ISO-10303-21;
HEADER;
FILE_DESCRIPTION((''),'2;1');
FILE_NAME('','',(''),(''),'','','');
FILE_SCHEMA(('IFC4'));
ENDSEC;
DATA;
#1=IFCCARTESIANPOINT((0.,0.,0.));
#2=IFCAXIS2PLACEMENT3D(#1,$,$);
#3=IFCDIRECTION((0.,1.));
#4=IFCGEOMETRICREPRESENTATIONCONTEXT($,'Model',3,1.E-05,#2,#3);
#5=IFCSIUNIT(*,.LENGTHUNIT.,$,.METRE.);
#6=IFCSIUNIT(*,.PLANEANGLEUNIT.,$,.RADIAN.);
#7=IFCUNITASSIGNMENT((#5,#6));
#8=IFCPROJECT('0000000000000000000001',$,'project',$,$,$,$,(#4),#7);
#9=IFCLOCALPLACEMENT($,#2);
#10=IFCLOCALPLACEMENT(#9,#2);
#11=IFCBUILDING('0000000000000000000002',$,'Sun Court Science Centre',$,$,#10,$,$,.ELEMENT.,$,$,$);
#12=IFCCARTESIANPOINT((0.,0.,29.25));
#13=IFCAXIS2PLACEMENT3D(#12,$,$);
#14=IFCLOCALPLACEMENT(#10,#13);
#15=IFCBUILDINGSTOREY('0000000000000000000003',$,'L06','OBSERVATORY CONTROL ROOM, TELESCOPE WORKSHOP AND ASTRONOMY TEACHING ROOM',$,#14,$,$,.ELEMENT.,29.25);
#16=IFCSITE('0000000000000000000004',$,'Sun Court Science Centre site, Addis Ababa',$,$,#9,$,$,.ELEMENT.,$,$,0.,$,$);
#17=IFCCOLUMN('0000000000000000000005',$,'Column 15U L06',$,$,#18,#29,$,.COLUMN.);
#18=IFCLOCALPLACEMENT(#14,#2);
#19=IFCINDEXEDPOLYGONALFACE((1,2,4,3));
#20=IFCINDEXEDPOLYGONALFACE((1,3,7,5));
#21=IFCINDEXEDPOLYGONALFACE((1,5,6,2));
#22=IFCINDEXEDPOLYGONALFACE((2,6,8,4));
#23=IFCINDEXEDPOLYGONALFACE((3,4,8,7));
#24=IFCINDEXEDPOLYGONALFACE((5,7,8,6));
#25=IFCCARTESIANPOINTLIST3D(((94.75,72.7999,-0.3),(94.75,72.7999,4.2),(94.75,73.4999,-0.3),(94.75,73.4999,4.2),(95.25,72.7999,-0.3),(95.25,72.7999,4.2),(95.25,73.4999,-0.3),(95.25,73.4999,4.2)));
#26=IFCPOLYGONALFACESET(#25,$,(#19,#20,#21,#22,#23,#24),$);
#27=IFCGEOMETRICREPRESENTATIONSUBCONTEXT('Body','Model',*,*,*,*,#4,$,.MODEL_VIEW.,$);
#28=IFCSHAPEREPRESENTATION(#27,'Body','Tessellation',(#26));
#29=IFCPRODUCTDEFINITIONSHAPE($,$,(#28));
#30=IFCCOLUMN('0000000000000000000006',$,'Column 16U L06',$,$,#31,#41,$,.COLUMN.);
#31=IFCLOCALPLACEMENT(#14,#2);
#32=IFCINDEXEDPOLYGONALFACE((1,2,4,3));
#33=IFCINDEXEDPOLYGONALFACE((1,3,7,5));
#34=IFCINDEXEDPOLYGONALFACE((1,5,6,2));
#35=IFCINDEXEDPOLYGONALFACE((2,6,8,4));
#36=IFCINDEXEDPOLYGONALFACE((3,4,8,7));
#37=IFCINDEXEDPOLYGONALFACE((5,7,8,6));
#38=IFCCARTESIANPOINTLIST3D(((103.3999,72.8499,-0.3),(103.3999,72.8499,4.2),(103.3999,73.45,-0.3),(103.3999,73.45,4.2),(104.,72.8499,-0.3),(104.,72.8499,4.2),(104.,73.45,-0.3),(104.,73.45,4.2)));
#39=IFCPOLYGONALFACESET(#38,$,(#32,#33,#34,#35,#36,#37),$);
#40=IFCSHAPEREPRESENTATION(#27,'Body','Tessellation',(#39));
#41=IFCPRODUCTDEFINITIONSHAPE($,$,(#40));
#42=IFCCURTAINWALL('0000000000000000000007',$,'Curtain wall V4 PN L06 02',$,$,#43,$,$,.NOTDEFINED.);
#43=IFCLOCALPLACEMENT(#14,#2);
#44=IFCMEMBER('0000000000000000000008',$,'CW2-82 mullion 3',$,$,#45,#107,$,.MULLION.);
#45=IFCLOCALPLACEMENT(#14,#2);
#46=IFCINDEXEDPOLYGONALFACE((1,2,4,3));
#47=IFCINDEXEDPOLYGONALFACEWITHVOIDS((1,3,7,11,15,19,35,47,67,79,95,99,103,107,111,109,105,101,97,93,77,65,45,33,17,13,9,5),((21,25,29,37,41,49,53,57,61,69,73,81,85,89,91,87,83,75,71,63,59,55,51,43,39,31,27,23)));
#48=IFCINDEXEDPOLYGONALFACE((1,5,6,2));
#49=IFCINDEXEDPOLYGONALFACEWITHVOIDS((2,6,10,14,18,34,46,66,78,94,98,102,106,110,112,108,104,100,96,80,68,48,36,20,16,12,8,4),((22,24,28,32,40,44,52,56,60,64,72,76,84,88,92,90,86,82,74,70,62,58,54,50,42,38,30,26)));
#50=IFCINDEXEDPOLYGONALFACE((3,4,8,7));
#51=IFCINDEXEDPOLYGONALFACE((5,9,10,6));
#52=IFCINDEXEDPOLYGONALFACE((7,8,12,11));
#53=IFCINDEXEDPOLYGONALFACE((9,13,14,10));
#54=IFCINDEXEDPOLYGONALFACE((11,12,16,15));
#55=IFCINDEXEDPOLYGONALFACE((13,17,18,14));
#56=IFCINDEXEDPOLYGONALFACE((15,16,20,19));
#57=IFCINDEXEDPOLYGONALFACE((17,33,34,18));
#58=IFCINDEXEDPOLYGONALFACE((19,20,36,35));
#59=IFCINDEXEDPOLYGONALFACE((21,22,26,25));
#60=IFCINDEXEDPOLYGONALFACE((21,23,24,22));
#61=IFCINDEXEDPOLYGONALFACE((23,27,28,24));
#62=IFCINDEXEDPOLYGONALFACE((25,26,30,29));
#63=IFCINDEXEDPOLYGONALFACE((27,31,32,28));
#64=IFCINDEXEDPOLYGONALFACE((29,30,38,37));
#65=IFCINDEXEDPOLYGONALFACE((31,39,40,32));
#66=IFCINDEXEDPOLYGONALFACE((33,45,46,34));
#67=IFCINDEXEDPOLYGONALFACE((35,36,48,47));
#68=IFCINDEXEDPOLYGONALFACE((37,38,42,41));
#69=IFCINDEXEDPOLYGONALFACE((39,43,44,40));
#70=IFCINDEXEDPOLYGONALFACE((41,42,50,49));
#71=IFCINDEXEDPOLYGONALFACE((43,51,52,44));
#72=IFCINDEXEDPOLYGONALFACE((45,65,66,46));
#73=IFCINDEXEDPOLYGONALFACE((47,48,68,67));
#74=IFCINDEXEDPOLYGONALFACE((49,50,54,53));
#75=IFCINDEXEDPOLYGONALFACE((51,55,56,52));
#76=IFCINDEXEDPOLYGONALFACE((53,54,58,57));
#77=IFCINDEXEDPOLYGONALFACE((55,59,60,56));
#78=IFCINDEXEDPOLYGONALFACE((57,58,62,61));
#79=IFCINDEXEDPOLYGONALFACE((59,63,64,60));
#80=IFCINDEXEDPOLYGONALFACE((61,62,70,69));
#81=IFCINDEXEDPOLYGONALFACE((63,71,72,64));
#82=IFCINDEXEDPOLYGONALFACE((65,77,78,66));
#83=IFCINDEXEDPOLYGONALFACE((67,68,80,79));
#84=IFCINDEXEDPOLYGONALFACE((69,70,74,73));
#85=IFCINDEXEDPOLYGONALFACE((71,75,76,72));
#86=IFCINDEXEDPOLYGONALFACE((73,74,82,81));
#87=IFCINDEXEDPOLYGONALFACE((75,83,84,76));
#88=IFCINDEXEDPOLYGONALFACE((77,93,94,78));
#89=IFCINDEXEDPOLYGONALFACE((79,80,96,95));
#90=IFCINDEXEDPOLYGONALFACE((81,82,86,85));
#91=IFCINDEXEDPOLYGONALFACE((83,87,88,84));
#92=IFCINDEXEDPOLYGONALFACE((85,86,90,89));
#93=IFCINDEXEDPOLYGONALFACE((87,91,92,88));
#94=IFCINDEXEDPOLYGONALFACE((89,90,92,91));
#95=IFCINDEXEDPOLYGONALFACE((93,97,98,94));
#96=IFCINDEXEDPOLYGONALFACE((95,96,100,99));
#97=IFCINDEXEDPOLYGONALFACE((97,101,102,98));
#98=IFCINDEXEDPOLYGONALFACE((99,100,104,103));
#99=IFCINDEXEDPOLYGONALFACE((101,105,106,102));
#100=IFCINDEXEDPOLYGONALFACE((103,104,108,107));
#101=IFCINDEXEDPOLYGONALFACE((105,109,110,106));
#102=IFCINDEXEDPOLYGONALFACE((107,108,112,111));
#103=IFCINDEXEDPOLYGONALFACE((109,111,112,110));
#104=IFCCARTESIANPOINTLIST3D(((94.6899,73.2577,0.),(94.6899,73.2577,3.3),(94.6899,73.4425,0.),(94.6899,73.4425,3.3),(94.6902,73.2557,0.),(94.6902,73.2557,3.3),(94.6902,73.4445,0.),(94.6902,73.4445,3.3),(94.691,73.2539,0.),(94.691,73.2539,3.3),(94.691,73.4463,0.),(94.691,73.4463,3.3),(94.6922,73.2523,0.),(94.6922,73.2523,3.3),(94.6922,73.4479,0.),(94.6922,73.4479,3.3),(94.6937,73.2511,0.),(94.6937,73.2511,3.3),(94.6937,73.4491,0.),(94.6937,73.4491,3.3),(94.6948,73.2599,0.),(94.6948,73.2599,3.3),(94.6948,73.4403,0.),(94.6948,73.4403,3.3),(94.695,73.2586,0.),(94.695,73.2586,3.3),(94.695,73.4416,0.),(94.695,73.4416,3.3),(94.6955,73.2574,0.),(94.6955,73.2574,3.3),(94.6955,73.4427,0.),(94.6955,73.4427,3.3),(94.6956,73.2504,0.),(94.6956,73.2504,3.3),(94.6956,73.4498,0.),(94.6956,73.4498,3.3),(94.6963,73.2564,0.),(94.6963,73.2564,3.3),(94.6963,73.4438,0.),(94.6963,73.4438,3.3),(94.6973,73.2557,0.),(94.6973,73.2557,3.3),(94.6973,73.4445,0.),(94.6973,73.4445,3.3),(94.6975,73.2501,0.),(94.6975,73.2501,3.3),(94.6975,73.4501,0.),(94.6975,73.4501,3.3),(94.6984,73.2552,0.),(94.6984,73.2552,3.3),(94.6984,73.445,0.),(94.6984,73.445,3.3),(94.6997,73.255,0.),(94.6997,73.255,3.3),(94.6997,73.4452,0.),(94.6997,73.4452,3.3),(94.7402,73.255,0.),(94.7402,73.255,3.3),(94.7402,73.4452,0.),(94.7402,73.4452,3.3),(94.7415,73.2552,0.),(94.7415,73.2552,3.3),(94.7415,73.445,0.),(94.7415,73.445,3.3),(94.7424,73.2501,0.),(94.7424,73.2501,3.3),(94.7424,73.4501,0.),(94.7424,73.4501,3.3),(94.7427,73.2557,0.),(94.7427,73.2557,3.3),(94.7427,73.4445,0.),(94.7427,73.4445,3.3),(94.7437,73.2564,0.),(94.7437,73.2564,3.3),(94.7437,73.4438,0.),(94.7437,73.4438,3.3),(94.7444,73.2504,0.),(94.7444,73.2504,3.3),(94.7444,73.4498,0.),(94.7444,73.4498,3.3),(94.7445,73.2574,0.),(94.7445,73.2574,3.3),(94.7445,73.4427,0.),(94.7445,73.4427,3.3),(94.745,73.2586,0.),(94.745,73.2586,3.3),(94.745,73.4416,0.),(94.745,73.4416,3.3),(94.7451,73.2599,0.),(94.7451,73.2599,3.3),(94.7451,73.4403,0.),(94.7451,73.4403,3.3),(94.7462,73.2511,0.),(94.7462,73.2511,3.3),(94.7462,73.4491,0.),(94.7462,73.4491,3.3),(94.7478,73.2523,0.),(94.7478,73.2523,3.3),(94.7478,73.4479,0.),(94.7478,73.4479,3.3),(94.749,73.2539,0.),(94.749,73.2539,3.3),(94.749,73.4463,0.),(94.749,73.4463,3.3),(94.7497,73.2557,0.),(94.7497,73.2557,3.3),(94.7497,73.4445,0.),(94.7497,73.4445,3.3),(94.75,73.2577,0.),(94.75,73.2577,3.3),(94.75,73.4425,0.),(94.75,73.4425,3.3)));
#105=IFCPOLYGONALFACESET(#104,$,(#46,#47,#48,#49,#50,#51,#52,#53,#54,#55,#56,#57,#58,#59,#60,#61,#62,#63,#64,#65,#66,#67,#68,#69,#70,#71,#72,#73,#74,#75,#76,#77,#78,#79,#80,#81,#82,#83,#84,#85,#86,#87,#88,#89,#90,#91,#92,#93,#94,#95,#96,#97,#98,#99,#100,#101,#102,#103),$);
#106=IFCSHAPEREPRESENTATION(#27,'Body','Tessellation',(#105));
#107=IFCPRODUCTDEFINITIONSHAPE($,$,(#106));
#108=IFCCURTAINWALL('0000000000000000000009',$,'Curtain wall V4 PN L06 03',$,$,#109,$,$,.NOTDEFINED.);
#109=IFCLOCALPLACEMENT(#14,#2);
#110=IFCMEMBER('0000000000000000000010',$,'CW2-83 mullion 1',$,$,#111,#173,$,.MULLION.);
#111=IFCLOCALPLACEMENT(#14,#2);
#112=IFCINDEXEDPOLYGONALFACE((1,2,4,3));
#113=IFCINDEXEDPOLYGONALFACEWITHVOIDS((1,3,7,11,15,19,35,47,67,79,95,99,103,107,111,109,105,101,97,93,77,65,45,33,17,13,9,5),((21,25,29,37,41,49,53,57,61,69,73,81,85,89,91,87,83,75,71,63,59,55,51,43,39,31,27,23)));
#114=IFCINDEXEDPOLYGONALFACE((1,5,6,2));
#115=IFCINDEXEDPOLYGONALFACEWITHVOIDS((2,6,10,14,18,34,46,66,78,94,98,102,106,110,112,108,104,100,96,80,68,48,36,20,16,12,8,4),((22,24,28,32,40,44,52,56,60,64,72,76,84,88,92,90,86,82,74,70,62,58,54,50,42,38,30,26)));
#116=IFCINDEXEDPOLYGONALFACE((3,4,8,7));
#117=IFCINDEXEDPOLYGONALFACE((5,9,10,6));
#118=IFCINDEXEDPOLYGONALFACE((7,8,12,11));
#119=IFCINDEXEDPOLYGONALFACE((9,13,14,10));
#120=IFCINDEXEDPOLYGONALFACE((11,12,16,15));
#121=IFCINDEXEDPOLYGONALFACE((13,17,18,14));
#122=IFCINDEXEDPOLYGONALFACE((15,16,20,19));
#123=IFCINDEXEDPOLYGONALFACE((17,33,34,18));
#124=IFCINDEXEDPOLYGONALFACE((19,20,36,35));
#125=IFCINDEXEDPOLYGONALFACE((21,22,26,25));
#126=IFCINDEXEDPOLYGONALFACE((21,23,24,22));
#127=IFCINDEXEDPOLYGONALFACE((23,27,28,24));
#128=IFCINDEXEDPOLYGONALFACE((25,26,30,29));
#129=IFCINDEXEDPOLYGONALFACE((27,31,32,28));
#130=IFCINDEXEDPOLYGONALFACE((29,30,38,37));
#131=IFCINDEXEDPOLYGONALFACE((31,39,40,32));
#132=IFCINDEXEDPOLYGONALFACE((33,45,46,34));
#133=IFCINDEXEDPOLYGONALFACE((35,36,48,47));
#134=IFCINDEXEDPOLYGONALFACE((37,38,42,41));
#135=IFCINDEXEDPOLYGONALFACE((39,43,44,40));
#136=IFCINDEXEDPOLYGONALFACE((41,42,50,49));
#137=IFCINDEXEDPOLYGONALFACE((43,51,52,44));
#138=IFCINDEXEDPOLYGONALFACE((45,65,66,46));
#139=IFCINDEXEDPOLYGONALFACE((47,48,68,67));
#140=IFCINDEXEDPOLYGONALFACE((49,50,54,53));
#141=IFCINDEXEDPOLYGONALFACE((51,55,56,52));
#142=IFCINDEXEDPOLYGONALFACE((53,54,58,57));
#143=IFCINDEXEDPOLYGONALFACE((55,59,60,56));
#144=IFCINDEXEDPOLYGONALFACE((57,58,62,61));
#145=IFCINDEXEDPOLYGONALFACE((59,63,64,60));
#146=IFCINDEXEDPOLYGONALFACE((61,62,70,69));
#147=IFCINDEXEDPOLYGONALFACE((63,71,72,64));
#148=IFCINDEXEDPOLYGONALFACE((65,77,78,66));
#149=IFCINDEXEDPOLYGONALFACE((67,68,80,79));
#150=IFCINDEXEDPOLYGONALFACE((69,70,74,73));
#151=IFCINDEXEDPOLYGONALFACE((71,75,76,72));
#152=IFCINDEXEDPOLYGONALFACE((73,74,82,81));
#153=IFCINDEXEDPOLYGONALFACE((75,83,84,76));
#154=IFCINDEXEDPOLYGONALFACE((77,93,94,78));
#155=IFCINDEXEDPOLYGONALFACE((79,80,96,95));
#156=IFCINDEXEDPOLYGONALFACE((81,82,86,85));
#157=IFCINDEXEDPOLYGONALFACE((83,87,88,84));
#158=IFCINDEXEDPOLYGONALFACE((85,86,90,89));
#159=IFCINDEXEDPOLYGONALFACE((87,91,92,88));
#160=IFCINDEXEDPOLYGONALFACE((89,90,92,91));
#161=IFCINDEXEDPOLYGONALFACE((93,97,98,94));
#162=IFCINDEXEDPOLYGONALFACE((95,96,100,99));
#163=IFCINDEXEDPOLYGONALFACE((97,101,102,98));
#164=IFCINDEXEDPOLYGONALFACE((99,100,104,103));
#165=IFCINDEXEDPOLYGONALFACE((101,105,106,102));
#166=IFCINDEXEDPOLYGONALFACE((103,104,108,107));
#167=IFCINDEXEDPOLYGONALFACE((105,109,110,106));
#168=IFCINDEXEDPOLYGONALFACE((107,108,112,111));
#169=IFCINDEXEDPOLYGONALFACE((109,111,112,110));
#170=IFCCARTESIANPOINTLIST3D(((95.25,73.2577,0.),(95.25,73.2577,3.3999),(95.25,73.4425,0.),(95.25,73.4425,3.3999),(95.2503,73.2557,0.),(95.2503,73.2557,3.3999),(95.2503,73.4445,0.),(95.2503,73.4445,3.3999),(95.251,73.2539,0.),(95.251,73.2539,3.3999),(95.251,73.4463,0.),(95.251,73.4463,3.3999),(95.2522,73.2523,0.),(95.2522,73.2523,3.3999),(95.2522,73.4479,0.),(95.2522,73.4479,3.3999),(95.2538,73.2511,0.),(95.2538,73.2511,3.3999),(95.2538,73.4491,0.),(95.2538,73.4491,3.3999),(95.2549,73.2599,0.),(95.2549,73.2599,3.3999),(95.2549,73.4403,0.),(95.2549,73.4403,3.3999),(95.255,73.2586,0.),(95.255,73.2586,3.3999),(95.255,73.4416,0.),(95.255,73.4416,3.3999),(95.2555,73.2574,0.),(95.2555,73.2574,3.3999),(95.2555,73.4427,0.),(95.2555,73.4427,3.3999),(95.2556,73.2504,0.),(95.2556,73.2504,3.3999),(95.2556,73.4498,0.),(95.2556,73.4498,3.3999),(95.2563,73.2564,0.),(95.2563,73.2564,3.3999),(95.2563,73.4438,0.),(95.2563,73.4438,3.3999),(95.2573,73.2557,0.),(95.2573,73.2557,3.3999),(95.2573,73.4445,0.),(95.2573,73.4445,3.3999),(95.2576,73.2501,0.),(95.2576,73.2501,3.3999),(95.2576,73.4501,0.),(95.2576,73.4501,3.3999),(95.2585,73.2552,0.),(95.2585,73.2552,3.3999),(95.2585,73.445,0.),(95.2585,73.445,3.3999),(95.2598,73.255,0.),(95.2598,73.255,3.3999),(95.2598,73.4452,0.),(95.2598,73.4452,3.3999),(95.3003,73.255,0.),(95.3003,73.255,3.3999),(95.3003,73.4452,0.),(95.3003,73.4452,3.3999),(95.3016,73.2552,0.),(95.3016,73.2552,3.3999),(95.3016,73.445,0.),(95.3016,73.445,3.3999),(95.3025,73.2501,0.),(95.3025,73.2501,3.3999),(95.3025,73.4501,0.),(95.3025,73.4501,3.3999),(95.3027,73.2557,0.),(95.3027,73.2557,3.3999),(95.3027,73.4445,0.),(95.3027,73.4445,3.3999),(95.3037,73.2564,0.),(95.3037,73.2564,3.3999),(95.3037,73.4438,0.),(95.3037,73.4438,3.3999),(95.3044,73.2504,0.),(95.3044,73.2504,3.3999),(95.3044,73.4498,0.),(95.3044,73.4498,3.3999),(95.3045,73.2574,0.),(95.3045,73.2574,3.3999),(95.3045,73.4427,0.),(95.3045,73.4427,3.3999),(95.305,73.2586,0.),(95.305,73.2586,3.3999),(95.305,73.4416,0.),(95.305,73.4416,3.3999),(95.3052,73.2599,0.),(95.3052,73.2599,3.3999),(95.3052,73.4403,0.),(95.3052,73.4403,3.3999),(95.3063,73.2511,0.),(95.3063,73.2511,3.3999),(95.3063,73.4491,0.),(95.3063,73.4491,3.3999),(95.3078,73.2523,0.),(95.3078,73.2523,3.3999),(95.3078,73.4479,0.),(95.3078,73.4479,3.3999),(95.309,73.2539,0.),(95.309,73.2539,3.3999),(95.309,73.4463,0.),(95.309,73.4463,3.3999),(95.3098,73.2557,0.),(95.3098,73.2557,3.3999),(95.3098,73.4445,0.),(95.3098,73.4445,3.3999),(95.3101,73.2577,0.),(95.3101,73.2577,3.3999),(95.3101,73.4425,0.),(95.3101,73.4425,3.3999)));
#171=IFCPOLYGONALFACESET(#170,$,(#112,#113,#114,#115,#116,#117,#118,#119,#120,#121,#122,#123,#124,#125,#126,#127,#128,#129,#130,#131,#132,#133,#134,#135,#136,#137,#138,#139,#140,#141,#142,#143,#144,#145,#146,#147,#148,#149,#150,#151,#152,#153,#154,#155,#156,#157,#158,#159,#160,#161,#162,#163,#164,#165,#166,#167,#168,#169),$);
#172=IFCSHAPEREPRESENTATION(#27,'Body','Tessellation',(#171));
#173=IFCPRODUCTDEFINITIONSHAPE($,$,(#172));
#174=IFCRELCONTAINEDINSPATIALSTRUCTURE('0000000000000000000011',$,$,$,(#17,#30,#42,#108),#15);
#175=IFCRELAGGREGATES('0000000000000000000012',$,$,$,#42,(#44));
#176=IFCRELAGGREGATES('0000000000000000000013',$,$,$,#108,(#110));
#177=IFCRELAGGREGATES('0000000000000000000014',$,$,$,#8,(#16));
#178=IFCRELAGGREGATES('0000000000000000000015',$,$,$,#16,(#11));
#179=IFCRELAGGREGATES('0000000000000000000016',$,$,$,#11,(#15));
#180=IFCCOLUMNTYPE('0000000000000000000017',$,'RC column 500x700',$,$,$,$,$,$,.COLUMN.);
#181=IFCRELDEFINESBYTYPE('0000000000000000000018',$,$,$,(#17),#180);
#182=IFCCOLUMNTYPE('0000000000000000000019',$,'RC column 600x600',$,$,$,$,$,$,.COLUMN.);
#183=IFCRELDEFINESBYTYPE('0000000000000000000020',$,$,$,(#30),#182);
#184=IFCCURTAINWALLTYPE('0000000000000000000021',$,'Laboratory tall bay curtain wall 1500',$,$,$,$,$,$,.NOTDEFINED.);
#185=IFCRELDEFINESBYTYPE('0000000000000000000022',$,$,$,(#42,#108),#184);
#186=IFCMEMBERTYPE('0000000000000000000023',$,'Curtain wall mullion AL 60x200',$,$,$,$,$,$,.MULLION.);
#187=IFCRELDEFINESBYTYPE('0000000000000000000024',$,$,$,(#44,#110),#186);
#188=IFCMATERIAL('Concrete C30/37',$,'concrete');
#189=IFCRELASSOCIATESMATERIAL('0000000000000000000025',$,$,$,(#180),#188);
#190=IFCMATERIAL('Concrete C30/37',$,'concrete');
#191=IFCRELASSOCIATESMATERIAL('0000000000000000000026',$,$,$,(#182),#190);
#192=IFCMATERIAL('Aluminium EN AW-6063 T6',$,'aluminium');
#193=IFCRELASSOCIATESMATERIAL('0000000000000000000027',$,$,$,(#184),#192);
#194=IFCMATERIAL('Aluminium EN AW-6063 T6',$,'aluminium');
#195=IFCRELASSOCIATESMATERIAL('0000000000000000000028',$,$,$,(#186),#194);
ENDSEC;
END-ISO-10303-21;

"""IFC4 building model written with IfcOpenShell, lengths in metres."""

from ifc_helpers import new_model, si_unit, direction, frame, origin, origin_2d, place, context, subcontext, project, spatial, rectangle, hollow_rectangle, extrude, material, material_profile, profile_set, type_object, element, aggregate, save


model = new_model("IFC4")

# Units and contexts
model_context = context("Model", 3, precision=1e-05, world=origin(), true_north=direction((0.0, 1.0)))
body_context = subcontext(model_context, "Body", "Model", "MODEL_VIEW")
ifc_project = project(units=[si_unit("LENGTHUNIT", "METRE"), si_unit("PLANEANGLEUNIT", "RADIAN")], contexts=[model_context])

# Site, building, storey
site_placement = place(None, origin())
site = spatial("IfcSite", under=ifc_project, at=site_placement, Name="Sun Court Science Centre site, Addis Ababa", CompositionType="ELEMENT", RefElevation=0.0)
building_placement = place(site_placement, origin())
building = spatial("IfcBuilding", under=site, at=building_placement, Name="Sun Court Science Centre", CompositionType="ELEMENT")
storey_placement = place(building_placement, frame((0.0, 0.0, 29.25)))
storey = spatial("IfcBuildingStorey", under=building, at=storey_placement, Name="L06", Description="OBSERVATORY CONTROL ROOM, TELESCOPE WORKSHOP AND ASTRONOMY TEACHING ROOM", CompositionType="ELEMENT", Elevation=29.25)

# Columns
ifc_material_1 = material(Name="Concrete C30/37", Category="concrete")
ifc_material_profile_1 = material_profile(ifc_material_1, rectangle(XDim=0.5, YDim=0.7, at=origin_2d()), Name="RC 500x700")
ifc_profile_set_1 = profile_set([ifc_material_profile_1], Name="Concrete C30/37")
column_type_1 = type_object("IfcColumnType", Name="RC column 500x700", PredefinedType="COLUMN", material=ifc_profile_set_1)
column_1_placement = place(storey_placement, frame((95.0, 73.1499, -0.3), z_axis=(0.0, 0.0, 1.0), x_axis=(1.0, 0.0, 0.0)))
element("IfcColumn", 1, at=column_1_placement, inside=storey, type_object=column_type_1, Name="Column 15U L06", PredefinedType="COLUMN", context=body_context, shape_type="SweptSolid", body=[
    extrude(rectangle(XDim=0.5, YDim=0.7, at=origin_2d()), origin(), (0.0, 0.0, 1.0), 4.5),
])
ifc_material_2 = material(Name="Concrete C30/37", Category="concrete")
ifc_material_profile_2 = material_profile(ifc_material_2, rectangle(XDim=0.6001, YDim=0.6001, at=origin_2d()), Name="RC 600x600")
ifc_profile_set_2 = profile_set([ifc_material_profile_2], Name="Concrete C30/37")
column_type_2 = type_object("IfcColumnType", Name="RC column 600x600", PredefinedType="COLUMN", material=ifc_profile_set_2)
column_2_placement = place(storey_placement, frame((103.7, 73.1499, -0.3), z_axis=(0.0, 0.0, 1.0), x_axis=(1.0, 0.0, 0.0)))
element("IfcColumn", 2, at=column_2_placement, inside=storey, type_object=column_type_2, Name="Column 16U L06", PredefinedType="COLUMN", context=body_context, shape_type="SweptSolid", body=[
    extrude(rectangle(XDim=0.6001, YDim=0.6001, at=origin_2d()), origin(), (0.0, 0.0, 1.0), 4.5),
])

# Curtain wall, member
ifc_material_3 = material(Name="Aluminium EN AW-6063 T6", Category="aluminium")
curtain_wall_type = type_object("IfcCurtainWallType", Name="Laboratory tall bay curtain wall 1500", PredefinedType="NOTDEFINED", material=ifc_material_3)
curtain_wall_1_placement = place(storey_placement, origin())
curtain_wall_1 = element("IfcCurtainWall", 3, at=curtain_wall_1_placement, inside=storey, type_object=curtain_wall_type, Name="Curtain wall V4 PN L06 02", PredefinedType="NOTDEFINED")
ifc_material_4 = material(Name="Aluminium EN AW-6063 T6", Category="aluminium")
ifc_material_profile_3 = material_profile(ifc_material_4, hollow_rectangle(XDim=0.0601, YDim=0.2, WallThickness=0.0049, InnerFilletRadius=0.0049, OuterFilletRadius=0.0076, at=origin_2d()), Name="AL 60x200x5")
ifc_profile_set_3 = profile_set([ifc_material_profile_3], Name="Aluminium EN AW-6063 T6")
member_type_1 = type_object("IfcMemberType", Name="Curtain wall mullion AL 60x200", PredefinedType="MULLION", material=ifc_profile_set_3)
member_1_placement = place(storey_placement, frame((94.72, 73.3501, 0.0), z_axis=(0.0, 0.0, 1.0), x_axis=(1.0, 0.0, 0.0)))
member_1 = element("IfcMember", 4, at=member_1_placement, type_object=member_type_1, Name="CW2-82 mullion 3", PredefinedType="MULLION", context=body_context, shape_type="SweptSolid", body=[
    extrude(hollow_rectangle(XDim=0.0601, YDim=0.2, WallThickness=0.0049, InnerFilletRadius=0.0049, OuterFilletRadius=0.0076, at=origin_2d()), origin(), (0.0, 0.0, 1.0), 3.3),
])

# Curtain wall, member
curtain_wall_2_placement = place(storey_placement, origin())
curtain_wall_2 = element("IfcCurtainWall", 5, at=curtain_wall_2_placement, inside=storey, type_object=curtain_wall_type, Name="Curtain wall V4 PN L06 03", PredefinedType="NOTDEFINED")
member_2_placement = place(storey_placement, frame((95.28, 73.3501, 0.0), z_axis=(0.0, 0.0, 1.0), x_axis=(1.0, 0.0, 0.0)))
member_2 = element("IfcMember", 6, at=member_2_placement, type_object=member_type_1, Name="CW2-83 mullion 1", PredefinedType="MULLION", context=body_context, shape_type="SweptSolid", body=[
    extrude(hollow_rectangle(XDim=0.0601, YDim=0.2, WallThickness=0.0049, InnerFilletRadius=0.0049, OuterFilletRadius=0.0076, at=origin_2d()), origin(), (0.0, 0.0, 1.0), 3.3999),
])

aggregate(curtain_wall_1, [member_1])
aggregate(curtain_wall_2, [member_2])

save(model, "model.ifc")
